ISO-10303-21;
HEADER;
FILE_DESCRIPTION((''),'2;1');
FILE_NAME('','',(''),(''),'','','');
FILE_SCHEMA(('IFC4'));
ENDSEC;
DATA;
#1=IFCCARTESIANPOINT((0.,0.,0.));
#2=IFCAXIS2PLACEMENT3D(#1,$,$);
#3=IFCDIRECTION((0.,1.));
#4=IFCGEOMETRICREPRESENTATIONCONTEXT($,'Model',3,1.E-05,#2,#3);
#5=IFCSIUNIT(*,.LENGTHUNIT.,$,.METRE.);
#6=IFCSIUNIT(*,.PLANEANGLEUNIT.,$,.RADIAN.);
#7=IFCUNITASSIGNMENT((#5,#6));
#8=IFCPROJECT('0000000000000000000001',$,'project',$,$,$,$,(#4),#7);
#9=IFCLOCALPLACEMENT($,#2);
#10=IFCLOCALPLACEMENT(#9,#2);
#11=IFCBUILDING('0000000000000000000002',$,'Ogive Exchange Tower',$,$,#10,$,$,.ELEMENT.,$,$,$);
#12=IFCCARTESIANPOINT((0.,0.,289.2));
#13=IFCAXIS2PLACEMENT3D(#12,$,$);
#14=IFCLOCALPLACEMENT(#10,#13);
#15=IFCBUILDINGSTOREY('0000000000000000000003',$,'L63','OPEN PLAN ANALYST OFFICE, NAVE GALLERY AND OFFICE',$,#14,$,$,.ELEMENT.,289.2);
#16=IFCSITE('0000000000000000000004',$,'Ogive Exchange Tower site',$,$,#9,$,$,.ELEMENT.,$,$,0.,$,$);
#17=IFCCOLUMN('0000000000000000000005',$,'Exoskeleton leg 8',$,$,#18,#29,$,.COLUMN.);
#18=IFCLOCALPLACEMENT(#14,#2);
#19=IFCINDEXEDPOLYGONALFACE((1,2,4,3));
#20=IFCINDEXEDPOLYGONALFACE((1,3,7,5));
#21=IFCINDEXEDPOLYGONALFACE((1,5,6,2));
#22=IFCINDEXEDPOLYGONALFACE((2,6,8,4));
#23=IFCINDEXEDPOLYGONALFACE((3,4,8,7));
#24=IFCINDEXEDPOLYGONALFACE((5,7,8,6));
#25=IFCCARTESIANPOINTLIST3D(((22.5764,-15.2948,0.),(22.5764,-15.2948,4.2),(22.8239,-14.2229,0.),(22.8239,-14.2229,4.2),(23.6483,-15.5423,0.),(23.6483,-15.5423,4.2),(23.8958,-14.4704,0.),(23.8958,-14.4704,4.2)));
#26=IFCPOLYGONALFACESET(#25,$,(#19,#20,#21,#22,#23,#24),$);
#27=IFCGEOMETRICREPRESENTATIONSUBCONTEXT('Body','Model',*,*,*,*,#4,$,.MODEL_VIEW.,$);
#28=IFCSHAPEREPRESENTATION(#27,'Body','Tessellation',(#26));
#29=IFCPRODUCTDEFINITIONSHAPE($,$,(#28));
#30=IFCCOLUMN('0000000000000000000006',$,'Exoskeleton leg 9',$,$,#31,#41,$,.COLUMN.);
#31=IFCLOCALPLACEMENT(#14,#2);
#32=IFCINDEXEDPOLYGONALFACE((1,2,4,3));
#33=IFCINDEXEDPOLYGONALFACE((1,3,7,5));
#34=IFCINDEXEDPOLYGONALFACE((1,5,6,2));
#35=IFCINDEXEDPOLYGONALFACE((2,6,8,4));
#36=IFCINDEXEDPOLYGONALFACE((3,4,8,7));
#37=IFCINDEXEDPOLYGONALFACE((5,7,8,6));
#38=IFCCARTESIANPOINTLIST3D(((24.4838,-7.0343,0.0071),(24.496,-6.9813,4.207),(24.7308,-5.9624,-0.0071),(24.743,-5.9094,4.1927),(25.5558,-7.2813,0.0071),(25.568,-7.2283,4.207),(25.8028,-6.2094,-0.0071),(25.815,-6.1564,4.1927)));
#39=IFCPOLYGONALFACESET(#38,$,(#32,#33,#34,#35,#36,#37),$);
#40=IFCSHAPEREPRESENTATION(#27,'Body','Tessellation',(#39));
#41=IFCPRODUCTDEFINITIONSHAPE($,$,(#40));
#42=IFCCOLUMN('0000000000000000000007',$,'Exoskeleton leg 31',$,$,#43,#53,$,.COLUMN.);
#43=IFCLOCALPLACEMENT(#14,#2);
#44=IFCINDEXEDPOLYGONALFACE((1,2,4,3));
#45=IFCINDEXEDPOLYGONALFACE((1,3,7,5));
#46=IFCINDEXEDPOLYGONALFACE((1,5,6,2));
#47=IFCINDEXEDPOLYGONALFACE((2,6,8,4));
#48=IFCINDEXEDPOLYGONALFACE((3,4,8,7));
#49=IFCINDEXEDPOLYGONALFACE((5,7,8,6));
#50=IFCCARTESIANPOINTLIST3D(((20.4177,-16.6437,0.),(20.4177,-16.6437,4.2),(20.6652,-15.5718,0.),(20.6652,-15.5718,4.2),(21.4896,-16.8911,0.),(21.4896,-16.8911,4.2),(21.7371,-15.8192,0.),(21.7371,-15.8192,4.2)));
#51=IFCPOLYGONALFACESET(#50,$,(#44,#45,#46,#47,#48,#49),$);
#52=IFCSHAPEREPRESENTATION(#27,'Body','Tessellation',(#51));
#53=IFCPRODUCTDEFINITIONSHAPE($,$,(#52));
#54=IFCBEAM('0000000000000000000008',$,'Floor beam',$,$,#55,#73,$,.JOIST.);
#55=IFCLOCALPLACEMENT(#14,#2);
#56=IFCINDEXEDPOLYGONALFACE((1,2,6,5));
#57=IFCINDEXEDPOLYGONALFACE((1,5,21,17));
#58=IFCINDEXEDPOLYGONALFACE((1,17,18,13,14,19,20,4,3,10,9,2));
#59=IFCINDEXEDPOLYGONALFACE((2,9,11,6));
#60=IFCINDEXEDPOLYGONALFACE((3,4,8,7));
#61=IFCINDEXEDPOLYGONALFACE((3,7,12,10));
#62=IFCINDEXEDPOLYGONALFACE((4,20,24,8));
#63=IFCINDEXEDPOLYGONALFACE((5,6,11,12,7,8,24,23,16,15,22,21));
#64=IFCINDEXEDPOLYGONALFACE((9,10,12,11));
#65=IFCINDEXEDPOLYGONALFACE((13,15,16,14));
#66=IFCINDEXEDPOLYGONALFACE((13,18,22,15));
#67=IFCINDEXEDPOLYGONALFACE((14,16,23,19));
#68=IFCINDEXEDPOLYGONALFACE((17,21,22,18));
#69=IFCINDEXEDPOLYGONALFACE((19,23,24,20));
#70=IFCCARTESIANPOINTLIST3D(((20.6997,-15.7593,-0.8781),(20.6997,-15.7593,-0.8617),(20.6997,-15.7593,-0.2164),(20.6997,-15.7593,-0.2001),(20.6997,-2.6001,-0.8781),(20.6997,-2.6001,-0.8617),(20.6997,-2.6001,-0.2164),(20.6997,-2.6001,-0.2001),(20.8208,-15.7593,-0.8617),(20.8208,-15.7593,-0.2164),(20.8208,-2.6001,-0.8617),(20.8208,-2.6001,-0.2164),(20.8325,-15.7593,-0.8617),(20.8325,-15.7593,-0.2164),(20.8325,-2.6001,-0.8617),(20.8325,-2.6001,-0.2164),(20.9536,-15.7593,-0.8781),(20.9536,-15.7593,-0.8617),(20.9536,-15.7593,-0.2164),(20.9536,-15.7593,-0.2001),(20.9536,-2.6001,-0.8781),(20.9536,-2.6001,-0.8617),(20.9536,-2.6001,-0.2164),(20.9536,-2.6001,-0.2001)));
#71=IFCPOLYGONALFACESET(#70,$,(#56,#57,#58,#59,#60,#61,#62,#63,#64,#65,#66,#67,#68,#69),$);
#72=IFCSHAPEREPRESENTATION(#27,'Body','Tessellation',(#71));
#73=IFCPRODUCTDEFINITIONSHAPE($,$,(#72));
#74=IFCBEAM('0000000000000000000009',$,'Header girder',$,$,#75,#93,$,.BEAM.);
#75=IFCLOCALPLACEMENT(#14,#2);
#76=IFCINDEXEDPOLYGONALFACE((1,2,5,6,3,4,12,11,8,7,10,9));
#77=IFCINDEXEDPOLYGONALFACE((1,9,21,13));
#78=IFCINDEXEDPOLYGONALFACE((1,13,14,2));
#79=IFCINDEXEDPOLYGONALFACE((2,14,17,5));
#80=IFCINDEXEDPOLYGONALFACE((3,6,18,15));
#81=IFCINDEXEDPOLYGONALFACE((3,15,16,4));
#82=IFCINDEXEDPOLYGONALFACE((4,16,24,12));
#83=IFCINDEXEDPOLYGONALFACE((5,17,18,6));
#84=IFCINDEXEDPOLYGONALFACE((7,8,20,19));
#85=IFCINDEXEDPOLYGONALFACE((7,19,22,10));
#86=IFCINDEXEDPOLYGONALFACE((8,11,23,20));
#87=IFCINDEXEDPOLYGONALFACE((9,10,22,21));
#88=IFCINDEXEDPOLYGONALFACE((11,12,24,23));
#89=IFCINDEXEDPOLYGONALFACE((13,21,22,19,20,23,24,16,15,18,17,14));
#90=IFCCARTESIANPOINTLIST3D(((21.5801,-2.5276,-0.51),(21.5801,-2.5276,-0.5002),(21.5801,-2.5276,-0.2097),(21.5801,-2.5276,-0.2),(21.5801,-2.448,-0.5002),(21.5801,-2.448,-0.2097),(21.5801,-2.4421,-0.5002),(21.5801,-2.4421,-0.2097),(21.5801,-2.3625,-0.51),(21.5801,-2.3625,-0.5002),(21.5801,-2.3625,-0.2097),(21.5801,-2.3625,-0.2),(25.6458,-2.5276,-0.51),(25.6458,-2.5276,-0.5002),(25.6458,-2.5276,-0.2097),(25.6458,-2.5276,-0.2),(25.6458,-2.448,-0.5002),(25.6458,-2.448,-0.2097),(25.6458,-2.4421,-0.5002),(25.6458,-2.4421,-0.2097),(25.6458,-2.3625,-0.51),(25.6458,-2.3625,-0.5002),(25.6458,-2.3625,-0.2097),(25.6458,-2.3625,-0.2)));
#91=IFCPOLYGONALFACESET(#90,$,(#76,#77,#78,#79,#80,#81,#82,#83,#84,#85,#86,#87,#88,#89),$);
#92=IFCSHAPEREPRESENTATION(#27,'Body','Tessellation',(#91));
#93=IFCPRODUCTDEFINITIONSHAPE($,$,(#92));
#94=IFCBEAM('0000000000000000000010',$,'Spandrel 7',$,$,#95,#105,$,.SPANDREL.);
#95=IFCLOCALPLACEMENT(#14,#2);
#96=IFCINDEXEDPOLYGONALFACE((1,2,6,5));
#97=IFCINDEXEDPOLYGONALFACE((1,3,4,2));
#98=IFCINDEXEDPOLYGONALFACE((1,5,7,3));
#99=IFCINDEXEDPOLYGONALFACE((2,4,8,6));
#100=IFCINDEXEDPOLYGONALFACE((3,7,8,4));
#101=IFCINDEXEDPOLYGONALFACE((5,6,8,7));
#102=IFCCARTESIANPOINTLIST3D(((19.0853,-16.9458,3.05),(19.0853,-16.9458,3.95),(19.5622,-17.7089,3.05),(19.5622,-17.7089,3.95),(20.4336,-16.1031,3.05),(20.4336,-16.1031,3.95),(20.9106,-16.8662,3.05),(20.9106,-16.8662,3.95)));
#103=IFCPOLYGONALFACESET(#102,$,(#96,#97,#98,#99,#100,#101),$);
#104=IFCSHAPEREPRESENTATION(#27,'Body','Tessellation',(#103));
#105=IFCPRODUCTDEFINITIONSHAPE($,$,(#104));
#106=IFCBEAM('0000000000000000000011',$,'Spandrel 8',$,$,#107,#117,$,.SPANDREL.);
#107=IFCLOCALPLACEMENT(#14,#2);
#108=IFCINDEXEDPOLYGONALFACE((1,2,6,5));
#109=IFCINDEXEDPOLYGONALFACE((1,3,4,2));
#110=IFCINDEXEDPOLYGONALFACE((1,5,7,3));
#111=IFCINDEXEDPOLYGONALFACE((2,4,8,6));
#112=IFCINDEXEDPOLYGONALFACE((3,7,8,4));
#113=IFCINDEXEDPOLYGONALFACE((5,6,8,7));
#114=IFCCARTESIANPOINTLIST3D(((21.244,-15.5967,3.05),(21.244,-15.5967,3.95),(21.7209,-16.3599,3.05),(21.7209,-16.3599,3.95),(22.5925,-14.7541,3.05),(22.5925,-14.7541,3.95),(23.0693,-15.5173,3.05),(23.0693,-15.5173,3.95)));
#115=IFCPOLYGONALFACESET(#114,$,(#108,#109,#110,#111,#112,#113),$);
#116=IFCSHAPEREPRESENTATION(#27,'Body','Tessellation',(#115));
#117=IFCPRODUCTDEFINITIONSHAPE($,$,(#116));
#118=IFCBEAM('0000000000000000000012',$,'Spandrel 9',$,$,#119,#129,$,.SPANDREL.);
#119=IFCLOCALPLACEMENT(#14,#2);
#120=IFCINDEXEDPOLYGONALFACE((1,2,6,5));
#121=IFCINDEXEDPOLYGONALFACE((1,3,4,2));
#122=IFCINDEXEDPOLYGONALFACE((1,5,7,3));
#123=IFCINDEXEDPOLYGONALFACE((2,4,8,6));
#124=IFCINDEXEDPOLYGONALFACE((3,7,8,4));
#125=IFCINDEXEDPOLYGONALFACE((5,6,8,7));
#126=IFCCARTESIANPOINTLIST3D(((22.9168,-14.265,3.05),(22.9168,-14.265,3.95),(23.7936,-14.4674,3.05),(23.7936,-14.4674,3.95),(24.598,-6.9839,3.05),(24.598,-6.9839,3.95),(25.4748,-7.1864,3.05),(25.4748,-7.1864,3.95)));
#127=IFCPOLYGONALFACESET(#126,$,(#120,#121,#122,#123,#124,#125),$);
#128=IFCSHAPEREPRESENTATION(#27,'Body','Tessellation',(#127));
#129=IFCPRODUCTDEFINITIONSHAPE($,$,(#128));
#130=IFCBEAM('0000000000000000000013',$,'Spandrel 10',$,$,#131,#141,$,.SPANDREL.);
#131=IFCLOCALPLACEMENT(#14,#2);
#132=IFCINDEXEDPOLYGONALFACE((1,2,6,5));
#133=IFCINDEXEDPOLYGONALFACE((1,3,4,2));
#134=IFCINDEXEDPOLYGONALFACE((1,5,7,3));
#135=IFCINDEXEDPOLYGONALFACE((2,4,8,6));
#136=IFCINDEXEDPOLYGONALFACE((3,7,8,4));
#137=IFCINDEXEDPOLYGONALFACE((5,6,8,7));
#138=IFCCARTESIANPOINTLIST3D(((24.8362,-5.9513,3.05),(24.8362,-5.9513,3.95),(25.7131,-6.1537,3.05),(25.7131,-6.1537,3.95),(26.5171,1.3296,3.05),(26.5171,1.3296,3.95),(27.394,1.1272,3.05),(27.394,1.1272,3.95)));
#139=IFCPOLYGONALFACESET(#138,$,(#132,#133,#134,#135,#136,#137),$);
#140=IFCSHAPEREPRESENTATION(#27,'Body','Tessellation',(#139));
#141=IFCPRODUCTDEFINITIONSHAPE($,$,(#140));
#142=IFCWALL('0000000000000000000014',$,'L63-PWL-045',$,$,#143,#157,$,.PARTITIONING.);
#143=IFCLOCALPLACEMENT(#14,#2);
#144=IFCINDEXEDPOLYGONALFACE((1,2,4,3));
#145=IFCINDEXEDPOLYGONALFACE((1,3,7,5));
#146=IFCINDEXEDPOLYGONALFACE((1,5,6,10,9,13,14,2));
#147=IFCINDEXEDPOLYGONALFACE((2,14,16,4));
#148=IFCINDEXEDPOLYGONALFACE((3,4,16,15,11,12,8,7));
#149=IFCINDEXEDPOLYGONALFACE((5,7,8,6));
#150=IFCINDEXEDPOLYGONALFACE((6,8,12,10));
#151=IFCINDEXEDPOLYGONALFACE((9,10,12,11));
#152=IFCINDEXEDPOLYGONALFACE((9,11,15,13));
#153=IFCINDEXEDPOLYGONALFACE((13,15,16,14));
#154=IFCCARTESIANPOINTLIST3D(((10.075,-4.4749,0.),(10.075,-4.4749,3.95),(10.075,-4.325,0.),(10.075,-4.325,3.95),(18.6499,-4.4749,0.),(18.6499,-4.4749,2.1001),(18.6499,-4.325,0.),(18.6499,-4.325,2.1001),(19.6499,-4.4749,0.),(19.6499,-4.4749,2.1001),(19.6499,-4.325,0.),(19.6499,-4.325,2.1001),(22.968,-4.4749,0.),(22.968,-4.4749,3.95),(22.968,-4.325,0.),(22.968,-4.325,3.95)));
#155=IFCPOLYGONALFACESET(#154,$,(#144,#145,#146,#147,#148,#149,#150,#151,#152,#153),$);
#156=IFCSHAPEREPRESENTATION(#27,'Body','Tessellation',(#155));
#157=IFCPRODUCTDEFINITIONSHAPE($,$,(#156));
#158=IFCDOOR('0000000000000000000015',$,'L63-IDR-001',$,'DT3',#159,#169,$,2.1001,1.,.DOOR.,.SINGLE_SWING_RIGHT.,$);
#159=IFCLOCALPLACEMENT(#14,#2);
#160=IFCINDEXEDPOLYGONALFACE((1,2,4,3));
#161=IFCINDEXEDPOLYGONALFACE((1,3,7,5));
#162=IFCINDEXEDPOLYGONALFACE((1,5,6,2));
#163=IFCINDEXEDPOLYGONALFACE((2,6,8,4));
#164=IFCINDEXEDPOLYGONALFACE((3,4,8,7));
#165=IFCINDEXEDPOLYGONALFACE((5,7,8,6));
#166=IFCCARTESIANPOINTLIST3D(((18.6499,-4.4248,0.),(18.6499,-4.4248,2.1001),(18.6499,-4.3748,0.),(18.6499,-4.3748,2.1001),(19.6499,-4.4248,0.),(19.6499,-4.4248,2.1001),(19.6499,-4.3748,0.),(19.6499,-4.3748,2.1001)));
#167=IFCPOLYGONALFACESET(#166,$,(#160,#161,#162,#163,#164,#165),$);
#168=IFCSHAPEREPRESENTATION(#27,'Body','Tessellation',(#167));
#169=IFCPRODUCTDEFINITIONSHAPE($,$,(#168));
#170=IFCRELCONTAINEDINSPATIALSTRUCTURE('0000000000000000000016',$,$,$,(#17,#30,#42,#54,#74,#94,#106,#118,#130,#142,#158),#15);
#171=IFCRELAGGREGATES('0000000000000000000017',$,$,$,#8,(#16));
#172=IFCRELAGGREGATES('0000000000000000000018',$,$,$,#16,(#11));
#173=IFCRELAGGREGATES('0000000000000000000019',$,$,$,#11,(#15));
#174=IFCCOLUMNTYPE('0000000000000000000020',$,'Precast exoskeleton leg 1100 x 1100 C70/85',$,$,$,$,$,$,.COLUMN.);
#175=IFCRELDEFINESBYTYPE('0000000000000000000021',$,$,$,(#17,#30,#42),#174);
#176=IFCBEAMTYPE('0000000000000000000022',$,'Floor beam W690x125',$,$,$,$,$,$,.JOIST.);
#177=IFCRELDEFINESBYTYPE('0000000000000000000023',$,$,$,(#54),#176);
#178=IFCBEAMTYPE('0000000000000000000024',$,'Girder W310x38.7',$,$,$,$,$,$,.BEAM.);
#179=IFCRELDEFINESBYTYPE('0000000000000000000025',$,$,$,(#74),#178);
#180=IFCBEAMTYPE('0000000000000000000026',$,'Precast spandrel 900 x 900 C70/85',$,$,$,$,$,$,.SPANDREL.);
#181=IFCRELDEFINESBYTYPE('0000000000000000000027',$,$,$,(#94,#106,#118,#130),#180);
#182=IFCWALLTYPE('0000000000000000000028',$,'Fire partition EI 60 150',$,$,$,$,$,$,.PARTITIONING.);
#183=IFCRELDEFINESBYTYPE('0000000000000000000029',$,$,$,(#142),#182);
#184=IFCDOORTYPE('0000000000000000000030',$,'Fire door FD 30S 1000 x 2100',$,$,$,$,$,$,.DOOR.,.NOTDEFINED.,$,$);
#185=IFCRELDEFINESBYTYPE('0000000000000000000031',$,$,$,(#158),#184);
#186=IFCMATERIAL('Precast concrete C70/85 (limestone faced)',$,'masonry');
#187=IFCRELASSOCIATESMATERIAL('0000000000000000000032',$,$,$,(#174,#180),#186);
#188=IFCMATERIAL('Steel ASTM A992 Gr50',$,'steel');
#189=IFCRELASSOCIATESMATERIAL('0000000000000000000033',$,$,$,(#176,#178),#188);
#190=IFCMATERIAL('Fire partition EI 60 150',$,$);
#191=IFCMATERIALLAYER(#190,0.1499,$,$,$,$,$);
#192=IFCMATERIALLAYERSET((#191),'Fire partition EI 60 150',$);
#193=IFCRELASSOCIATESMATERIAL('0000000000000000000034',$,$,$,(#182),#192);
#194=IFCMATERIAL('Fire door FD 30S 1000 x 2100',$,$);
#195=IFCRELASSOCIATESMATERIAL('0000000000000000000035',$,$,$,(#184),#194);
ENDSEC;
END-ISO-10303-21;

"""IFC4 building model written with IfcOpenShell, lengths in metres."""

from ifc_helpers import new_model, si_unit, direction, frame, frame_2d, origin, origin_2d, place, context, subcontext, project, spatial, rectangle, i_section, extrude, material, layer, layer_set, material_profile, profile_set, type_object, element, fill, save


model = new_model("IFC4")

# Units and contexts
model_context = context("Model", 3, precision=1e-05, world=origin(), true_north=direction((0.0, 1.0)))
body_context = subcontext(model_context, "Body", "Model", "MODEL_VIEW")
ifc_project = project(units=[si_unit("LENGTHUNIT", "METRE"), si_unit("PLANEANGLEUNIT", "RADIAN")], contexts=[model_context])

# Site, building, storey
site_placement = place(None, origin())
site = spatial("IfcSite", under=ifc_project, at=site_placement, Name="Ogive Exchange Tower site", CompositionType="ELEMENT", RefElevation=0.0)
building_placement = place(site_placement, origin())
building = spatial("IfcBuilding", under=site, at=building_placement, Name="Ogive Exchange Tower", CompositionType="ELEMENT")
storey_placement = place(building_placement, frame((0.0, 0.0, 289.2)))
storey = spatial("IfcBuildingStorey", under=building, at=storey_placement, Name="L63", Description="OPEN PLAN ANALYST OFFICE, NAVE GALLERY AND OFFICE", CompositionType="ELEMENT", Elevation=289.2)

# Columns
ifc_material_1 = material(Name="Precast concrete C70/85 (limestone faced)", Category="masonry")
ifc_material_profile_1 = material_profile(ifc_material_1, rectangle(XDim=1.1001, YDim=1.1001, at=origin_2d()), Name="1100 x 1100")
ifc_profile_set_1 = profile_set([ifc_material_profile_1], Name="Precast concrete C70/85 (limestone faced)")
column_type = type_object("IfcColumnType", Name="Precast exoskeleton leg 1100 x 1100 C70/85", PredefinedType="COLUMN", material=ifc_profile_set_1)
column_1_placement = place(storey_placement, frame((23.2361, -14.8826, 0.0), z_axis=(0.0, 0.0, 1.0), x_axis=(0.97437, -0.224951, 0.0)))
element("IfcColumn", 1, at=column_1_placement, inside=storey, type_object=column_type, Name="Exoskeleton leg 8", PredefinedType="COLUMN", context=body_context, shape_type="SweptSolid", body=[
    extrude(rectangle(XDim=1.1001, YDim=1.1001, at=origin_2d()), origin(), (0.0, 0.0, 1.0), 4.2),
])
column_2_placement = place(storey_placement, frame((25.1433, -6.6218, 0.0), z_axis=(0.002906, 0.012613, 0.999916), x_axis=(-0.974467, 0.224532, 0.0)))
element("IfcColumn", 2, at=column_2_placement, inside=storey, type_object=column_type, Name="Exoskeleton leg 9", PredefinedType="COLUMN", context=body_context, shape_type="SweptSolid", body=[
    extrude(rectangle(XDim=1.1001, YDim=1.1001, at=origin_2d()), origin(), (0.0, 0.0, 1.0), 4.2002),
])
column_3_placement = place(storey_placement, frame((21.0774, -16.2314, 0.0), z_axis=(0.0, 0.0, 1.0), x_axis=(0.97437, -0.224951, 0.0)))
element("IfcColumn", 3, at=column_3_placement, inside=storey, type_object=column_type, Name="Exoskeleton leg 31", PredefinedType="COLUMN", context=body_context, shape_type="SweptSolid", body=[
    extrude(rectangle(XDim=1.1001, YDim=1.1001, at=origin_2d()), origin(), (0.0, 0.0, 1.0), 4.2),
])

# Beams
ifc_material_2 = material(Name="Steel ASTM A992 Gr50", Category="steel")
ifc_material_profile_2 = material_profile(ifc_material_2, i_section(OverallWidth=0.2539, OverallDepth=0.678, WebThickness=0.0117, FlangeThickness=0.0164, at=origin_2d()), Name="W690x125")
ifc_profile_set_2 = profile_set([ifc_material_profile_2], Name="Steel ASTM A992 Gr50")
beam_type_1 = type_object("IfcBeamType", Name="Floor beam W690x125", PredefinedType="JOIST", material=ifc_profile_set_2)
beam_1_placement = place(storey_placement, frame((20.8267, -15.7593, -0.5391), z_axis=(0.0, 1.0, 0.0), x_axis=(-1.0, 0.0, 0.0)))
element("IfcBeam", 4, at=beam_1_placement, inside=storey, type_object=beam_type_1, Name="Floor beam", PredefinedType="JOIST", context=body_context, shape_type="SweptSolid", body=[
    extrude(i_section(OverallWidth=0.2539, OverallDepth=0.678, WebThickness=0.0117, FlangeThickness=0.0164, at=origin_2d()), origin(), (0.0, 0.0, 1.0), 13.1592),
])
ifc_material_profile_3 = material_profile(ifc_material_2, i_section(OverallWidth=0.165, OverallDepth=0.3101, WebThickness=0.0059, FlangeThickness=0.0098, at=origin_2d()), Name="W310x38.7")
ifc_profile_set_3 = profile_set([ifc_material_profile_3], Name="Steel ASTM A992 Gr50")
beam_type_2 = type_object("IfcBeamType", Name="Girder W310x38.7", PredefinedType="BEAM", material=ifc_profile_set_3)
beam_2_placement = place(storey_placement, frame((21.5801, -2.4451, -0.355), z_axis=(1.0, 0.0, 0.0), x_axis=(0.0, 1.0, 0.0)))
element("IfcBeam", 5, at=beam_2_placement, inside=storey, type_object=beam_type_2, Name="Header girder", PredefinedType="BEAM", context=body_context, shape_type="SweptSolid", body=[
    extrude(i_section(OverallWidth=0.165, OverallDepth=0.3101, WebThickness=0.0059, FlangeThickness=0.0098, at=origin_2d()), origin(), (0.0, 0.0, 1.0), 4.0657),
])
ifc_material_profile_4 = material_profile(ifc_material_1, rectangle(XDim=0.8999, YDim=0.8999, at=origin_2d()), Name="900 x 900")
ifc_profile_set_4 = profile_set([ifc_material_profile_4], Name="Precast concrete C70/85 (limestone faced)")
beam_type_3 = type_object("IfcBeamType", Name="Precast spandrel 900 x 900 C70/85", PredefinedType="SPANDREL", material=ifc_profile_set_4)
for number, where, z_axis, x_axis, name in (
    (6, (19.3237, -17.3274, 3.5), (0.84799, 0.530013, 0.0), (-0.530013, 0.84799, 0.0), "Spandrel 7"),
    (7, (21.4824, -15.9783, 3.5), (0.848059, 0.529902, 0.0), (-0.529902, 0.848059, 0.0), "Spandrel 8"),
):
    element("IfcBeam", number, at=place(storey_placement, frame(where, z_axis=z_axis, x_axis=x_axis)), inside=storey, type_object=beam_type_3, Name=name, PredefinedType="SPANDREL", context=body_context, shape_type="SweptSolid", body=[
        extrude(rectangle(XDim=0.8999, YDim=0.8999, at=origin_2d()), origin(), (0.0, 0.0, 1.0), 1.5901),
    ])
beam_3_placement = place(storey_placement, frame((23.3552, -14.3662, 3.5), z_axis=(0.224976, 0.974364, 0.0), x_axis=(-0.974364, 0.224976, 0.0)))
element("IfcBeam", 8, at=beam_3_placement, inside=storey, type_object=beam_type_3, Name="Spandrel 9", PredefinedType="SPANDREL", context=body_context, shape_type="SweptSolid", body=[
    extrude(rectangle(XDim=0.8999, YDim=0.8999, at=origin_2d()), origin(), (0.0, 0.0, 1.0), 7.4727),
])
beam_4_placement = place(storey_placement, frame((25.2747, -6.0525, 3.5), z_axis=(0.224945, 0.974371, 0.0), x_axis=(-0.974371, 0.224945, 0.0)))
element("IfcBeam", 9, at=beam_4_placement, inside=storey, type_object=beam_type_3, Name="Spandrel 10", PredefinedType="SPANDREL", context=body_context, shape_type="SweptSolid", body=[
    extrude(rectangle(XDim=0.8999, YDim=0.8999, at=origin_2d()), origin(), (0.0, 0.0, 1.0), 7.4724),
])

# Wall, opening, door
ifc_material_3 = material(Name="Fire partition EI 60 150")
ifc_layer_1 = layer(ifc_material_3, 0.1499)
ifc_layer_set_1 = layer_set([ifc_layer_1], Name="Fire partition EI 60 150")
wall_type_1 = type_object("IfcWallType", Name="Fire partition EI 60 150", PredefinedType="PARTITIONING", material=ifc_layer_set_1)
wall_1_placement = place(storey_placement, frame((22.968, -4.3999, 0.0), z_axis=(0.0, 0.0, 1.0), x_axis=(-1.0, 0.0, 0.0)))
wall_1 = element("IfcWall", 10, at=wall_1_placement, inside=storey, type_object=wall_type_1, Name="L63-PWL-045", PredefinedType="PARTITIONING", context=body_context, shape_type="SweptSolid", body=[
    extrude(rectangle(XDim=12.8931, YDim=0.1499, at=frame_2d((6.4465, 0.0))), origin(), (0.0, 0.0, 1.0), 3.95),
])
opening_1_placement = place(wall_1_placement, frame((3.3181, 0.0, 0.0)))
opening_1 = element("IfcOpeningElement", 11, at=opening_1_placement, cuts=wall_1, PredefinedType="OPENING", context=body_context, shape_type="SweptSolid", body=[
    extrude(rectangle(XDim=1.0, YDim=2.1001, at=frame_2d((0.5, 1.05))), frame((0.0, 0.085, 0.0), z_axis=(0.0, -1.0, 0.0), x_axis=(1.0, 0.0, 0.0)), (0.0, 0.0, 1.0), 0.1699),
])
ifc_material_4 = material(Name="Fire door FD 30S 1000 x 2100")
door_type_1 = type_object("IfcDoorType", Name="Fire door FD 30S 1000 x 2100", OperationType="NOTDEFINED", PredefinedType="DOOR", material=ifc_material_4)
door_1_placement = place(opening_1_placement, origin())
door_1 = element("IfcDoor", 12, at=door_1_placement, inside=storey, type_object=door_type_1, Name="L63-IDR-001", ObjectType="DT3", OperationType="SINGLE_SWING_RIGHT", OverallHeight=2.1001, OverallWidth=1.0, PredefinedType="DOOR", context=body_context, shape_type="SweptSolid", body=[
    extrude(rectangle(XDim=1.0, YDim=2.1001, at=frame_2d((0.5, 1.05))), frame((0.0, 0.0249, 0.0), z_axis=(0.0, -1.0, 0.0), x_axis=(1.0, 0.0, 0.0)), (0.0, 0.0, 1.0), 0.05),
])
fill(opening_1, door_1)

save(model, "model.ifc")
